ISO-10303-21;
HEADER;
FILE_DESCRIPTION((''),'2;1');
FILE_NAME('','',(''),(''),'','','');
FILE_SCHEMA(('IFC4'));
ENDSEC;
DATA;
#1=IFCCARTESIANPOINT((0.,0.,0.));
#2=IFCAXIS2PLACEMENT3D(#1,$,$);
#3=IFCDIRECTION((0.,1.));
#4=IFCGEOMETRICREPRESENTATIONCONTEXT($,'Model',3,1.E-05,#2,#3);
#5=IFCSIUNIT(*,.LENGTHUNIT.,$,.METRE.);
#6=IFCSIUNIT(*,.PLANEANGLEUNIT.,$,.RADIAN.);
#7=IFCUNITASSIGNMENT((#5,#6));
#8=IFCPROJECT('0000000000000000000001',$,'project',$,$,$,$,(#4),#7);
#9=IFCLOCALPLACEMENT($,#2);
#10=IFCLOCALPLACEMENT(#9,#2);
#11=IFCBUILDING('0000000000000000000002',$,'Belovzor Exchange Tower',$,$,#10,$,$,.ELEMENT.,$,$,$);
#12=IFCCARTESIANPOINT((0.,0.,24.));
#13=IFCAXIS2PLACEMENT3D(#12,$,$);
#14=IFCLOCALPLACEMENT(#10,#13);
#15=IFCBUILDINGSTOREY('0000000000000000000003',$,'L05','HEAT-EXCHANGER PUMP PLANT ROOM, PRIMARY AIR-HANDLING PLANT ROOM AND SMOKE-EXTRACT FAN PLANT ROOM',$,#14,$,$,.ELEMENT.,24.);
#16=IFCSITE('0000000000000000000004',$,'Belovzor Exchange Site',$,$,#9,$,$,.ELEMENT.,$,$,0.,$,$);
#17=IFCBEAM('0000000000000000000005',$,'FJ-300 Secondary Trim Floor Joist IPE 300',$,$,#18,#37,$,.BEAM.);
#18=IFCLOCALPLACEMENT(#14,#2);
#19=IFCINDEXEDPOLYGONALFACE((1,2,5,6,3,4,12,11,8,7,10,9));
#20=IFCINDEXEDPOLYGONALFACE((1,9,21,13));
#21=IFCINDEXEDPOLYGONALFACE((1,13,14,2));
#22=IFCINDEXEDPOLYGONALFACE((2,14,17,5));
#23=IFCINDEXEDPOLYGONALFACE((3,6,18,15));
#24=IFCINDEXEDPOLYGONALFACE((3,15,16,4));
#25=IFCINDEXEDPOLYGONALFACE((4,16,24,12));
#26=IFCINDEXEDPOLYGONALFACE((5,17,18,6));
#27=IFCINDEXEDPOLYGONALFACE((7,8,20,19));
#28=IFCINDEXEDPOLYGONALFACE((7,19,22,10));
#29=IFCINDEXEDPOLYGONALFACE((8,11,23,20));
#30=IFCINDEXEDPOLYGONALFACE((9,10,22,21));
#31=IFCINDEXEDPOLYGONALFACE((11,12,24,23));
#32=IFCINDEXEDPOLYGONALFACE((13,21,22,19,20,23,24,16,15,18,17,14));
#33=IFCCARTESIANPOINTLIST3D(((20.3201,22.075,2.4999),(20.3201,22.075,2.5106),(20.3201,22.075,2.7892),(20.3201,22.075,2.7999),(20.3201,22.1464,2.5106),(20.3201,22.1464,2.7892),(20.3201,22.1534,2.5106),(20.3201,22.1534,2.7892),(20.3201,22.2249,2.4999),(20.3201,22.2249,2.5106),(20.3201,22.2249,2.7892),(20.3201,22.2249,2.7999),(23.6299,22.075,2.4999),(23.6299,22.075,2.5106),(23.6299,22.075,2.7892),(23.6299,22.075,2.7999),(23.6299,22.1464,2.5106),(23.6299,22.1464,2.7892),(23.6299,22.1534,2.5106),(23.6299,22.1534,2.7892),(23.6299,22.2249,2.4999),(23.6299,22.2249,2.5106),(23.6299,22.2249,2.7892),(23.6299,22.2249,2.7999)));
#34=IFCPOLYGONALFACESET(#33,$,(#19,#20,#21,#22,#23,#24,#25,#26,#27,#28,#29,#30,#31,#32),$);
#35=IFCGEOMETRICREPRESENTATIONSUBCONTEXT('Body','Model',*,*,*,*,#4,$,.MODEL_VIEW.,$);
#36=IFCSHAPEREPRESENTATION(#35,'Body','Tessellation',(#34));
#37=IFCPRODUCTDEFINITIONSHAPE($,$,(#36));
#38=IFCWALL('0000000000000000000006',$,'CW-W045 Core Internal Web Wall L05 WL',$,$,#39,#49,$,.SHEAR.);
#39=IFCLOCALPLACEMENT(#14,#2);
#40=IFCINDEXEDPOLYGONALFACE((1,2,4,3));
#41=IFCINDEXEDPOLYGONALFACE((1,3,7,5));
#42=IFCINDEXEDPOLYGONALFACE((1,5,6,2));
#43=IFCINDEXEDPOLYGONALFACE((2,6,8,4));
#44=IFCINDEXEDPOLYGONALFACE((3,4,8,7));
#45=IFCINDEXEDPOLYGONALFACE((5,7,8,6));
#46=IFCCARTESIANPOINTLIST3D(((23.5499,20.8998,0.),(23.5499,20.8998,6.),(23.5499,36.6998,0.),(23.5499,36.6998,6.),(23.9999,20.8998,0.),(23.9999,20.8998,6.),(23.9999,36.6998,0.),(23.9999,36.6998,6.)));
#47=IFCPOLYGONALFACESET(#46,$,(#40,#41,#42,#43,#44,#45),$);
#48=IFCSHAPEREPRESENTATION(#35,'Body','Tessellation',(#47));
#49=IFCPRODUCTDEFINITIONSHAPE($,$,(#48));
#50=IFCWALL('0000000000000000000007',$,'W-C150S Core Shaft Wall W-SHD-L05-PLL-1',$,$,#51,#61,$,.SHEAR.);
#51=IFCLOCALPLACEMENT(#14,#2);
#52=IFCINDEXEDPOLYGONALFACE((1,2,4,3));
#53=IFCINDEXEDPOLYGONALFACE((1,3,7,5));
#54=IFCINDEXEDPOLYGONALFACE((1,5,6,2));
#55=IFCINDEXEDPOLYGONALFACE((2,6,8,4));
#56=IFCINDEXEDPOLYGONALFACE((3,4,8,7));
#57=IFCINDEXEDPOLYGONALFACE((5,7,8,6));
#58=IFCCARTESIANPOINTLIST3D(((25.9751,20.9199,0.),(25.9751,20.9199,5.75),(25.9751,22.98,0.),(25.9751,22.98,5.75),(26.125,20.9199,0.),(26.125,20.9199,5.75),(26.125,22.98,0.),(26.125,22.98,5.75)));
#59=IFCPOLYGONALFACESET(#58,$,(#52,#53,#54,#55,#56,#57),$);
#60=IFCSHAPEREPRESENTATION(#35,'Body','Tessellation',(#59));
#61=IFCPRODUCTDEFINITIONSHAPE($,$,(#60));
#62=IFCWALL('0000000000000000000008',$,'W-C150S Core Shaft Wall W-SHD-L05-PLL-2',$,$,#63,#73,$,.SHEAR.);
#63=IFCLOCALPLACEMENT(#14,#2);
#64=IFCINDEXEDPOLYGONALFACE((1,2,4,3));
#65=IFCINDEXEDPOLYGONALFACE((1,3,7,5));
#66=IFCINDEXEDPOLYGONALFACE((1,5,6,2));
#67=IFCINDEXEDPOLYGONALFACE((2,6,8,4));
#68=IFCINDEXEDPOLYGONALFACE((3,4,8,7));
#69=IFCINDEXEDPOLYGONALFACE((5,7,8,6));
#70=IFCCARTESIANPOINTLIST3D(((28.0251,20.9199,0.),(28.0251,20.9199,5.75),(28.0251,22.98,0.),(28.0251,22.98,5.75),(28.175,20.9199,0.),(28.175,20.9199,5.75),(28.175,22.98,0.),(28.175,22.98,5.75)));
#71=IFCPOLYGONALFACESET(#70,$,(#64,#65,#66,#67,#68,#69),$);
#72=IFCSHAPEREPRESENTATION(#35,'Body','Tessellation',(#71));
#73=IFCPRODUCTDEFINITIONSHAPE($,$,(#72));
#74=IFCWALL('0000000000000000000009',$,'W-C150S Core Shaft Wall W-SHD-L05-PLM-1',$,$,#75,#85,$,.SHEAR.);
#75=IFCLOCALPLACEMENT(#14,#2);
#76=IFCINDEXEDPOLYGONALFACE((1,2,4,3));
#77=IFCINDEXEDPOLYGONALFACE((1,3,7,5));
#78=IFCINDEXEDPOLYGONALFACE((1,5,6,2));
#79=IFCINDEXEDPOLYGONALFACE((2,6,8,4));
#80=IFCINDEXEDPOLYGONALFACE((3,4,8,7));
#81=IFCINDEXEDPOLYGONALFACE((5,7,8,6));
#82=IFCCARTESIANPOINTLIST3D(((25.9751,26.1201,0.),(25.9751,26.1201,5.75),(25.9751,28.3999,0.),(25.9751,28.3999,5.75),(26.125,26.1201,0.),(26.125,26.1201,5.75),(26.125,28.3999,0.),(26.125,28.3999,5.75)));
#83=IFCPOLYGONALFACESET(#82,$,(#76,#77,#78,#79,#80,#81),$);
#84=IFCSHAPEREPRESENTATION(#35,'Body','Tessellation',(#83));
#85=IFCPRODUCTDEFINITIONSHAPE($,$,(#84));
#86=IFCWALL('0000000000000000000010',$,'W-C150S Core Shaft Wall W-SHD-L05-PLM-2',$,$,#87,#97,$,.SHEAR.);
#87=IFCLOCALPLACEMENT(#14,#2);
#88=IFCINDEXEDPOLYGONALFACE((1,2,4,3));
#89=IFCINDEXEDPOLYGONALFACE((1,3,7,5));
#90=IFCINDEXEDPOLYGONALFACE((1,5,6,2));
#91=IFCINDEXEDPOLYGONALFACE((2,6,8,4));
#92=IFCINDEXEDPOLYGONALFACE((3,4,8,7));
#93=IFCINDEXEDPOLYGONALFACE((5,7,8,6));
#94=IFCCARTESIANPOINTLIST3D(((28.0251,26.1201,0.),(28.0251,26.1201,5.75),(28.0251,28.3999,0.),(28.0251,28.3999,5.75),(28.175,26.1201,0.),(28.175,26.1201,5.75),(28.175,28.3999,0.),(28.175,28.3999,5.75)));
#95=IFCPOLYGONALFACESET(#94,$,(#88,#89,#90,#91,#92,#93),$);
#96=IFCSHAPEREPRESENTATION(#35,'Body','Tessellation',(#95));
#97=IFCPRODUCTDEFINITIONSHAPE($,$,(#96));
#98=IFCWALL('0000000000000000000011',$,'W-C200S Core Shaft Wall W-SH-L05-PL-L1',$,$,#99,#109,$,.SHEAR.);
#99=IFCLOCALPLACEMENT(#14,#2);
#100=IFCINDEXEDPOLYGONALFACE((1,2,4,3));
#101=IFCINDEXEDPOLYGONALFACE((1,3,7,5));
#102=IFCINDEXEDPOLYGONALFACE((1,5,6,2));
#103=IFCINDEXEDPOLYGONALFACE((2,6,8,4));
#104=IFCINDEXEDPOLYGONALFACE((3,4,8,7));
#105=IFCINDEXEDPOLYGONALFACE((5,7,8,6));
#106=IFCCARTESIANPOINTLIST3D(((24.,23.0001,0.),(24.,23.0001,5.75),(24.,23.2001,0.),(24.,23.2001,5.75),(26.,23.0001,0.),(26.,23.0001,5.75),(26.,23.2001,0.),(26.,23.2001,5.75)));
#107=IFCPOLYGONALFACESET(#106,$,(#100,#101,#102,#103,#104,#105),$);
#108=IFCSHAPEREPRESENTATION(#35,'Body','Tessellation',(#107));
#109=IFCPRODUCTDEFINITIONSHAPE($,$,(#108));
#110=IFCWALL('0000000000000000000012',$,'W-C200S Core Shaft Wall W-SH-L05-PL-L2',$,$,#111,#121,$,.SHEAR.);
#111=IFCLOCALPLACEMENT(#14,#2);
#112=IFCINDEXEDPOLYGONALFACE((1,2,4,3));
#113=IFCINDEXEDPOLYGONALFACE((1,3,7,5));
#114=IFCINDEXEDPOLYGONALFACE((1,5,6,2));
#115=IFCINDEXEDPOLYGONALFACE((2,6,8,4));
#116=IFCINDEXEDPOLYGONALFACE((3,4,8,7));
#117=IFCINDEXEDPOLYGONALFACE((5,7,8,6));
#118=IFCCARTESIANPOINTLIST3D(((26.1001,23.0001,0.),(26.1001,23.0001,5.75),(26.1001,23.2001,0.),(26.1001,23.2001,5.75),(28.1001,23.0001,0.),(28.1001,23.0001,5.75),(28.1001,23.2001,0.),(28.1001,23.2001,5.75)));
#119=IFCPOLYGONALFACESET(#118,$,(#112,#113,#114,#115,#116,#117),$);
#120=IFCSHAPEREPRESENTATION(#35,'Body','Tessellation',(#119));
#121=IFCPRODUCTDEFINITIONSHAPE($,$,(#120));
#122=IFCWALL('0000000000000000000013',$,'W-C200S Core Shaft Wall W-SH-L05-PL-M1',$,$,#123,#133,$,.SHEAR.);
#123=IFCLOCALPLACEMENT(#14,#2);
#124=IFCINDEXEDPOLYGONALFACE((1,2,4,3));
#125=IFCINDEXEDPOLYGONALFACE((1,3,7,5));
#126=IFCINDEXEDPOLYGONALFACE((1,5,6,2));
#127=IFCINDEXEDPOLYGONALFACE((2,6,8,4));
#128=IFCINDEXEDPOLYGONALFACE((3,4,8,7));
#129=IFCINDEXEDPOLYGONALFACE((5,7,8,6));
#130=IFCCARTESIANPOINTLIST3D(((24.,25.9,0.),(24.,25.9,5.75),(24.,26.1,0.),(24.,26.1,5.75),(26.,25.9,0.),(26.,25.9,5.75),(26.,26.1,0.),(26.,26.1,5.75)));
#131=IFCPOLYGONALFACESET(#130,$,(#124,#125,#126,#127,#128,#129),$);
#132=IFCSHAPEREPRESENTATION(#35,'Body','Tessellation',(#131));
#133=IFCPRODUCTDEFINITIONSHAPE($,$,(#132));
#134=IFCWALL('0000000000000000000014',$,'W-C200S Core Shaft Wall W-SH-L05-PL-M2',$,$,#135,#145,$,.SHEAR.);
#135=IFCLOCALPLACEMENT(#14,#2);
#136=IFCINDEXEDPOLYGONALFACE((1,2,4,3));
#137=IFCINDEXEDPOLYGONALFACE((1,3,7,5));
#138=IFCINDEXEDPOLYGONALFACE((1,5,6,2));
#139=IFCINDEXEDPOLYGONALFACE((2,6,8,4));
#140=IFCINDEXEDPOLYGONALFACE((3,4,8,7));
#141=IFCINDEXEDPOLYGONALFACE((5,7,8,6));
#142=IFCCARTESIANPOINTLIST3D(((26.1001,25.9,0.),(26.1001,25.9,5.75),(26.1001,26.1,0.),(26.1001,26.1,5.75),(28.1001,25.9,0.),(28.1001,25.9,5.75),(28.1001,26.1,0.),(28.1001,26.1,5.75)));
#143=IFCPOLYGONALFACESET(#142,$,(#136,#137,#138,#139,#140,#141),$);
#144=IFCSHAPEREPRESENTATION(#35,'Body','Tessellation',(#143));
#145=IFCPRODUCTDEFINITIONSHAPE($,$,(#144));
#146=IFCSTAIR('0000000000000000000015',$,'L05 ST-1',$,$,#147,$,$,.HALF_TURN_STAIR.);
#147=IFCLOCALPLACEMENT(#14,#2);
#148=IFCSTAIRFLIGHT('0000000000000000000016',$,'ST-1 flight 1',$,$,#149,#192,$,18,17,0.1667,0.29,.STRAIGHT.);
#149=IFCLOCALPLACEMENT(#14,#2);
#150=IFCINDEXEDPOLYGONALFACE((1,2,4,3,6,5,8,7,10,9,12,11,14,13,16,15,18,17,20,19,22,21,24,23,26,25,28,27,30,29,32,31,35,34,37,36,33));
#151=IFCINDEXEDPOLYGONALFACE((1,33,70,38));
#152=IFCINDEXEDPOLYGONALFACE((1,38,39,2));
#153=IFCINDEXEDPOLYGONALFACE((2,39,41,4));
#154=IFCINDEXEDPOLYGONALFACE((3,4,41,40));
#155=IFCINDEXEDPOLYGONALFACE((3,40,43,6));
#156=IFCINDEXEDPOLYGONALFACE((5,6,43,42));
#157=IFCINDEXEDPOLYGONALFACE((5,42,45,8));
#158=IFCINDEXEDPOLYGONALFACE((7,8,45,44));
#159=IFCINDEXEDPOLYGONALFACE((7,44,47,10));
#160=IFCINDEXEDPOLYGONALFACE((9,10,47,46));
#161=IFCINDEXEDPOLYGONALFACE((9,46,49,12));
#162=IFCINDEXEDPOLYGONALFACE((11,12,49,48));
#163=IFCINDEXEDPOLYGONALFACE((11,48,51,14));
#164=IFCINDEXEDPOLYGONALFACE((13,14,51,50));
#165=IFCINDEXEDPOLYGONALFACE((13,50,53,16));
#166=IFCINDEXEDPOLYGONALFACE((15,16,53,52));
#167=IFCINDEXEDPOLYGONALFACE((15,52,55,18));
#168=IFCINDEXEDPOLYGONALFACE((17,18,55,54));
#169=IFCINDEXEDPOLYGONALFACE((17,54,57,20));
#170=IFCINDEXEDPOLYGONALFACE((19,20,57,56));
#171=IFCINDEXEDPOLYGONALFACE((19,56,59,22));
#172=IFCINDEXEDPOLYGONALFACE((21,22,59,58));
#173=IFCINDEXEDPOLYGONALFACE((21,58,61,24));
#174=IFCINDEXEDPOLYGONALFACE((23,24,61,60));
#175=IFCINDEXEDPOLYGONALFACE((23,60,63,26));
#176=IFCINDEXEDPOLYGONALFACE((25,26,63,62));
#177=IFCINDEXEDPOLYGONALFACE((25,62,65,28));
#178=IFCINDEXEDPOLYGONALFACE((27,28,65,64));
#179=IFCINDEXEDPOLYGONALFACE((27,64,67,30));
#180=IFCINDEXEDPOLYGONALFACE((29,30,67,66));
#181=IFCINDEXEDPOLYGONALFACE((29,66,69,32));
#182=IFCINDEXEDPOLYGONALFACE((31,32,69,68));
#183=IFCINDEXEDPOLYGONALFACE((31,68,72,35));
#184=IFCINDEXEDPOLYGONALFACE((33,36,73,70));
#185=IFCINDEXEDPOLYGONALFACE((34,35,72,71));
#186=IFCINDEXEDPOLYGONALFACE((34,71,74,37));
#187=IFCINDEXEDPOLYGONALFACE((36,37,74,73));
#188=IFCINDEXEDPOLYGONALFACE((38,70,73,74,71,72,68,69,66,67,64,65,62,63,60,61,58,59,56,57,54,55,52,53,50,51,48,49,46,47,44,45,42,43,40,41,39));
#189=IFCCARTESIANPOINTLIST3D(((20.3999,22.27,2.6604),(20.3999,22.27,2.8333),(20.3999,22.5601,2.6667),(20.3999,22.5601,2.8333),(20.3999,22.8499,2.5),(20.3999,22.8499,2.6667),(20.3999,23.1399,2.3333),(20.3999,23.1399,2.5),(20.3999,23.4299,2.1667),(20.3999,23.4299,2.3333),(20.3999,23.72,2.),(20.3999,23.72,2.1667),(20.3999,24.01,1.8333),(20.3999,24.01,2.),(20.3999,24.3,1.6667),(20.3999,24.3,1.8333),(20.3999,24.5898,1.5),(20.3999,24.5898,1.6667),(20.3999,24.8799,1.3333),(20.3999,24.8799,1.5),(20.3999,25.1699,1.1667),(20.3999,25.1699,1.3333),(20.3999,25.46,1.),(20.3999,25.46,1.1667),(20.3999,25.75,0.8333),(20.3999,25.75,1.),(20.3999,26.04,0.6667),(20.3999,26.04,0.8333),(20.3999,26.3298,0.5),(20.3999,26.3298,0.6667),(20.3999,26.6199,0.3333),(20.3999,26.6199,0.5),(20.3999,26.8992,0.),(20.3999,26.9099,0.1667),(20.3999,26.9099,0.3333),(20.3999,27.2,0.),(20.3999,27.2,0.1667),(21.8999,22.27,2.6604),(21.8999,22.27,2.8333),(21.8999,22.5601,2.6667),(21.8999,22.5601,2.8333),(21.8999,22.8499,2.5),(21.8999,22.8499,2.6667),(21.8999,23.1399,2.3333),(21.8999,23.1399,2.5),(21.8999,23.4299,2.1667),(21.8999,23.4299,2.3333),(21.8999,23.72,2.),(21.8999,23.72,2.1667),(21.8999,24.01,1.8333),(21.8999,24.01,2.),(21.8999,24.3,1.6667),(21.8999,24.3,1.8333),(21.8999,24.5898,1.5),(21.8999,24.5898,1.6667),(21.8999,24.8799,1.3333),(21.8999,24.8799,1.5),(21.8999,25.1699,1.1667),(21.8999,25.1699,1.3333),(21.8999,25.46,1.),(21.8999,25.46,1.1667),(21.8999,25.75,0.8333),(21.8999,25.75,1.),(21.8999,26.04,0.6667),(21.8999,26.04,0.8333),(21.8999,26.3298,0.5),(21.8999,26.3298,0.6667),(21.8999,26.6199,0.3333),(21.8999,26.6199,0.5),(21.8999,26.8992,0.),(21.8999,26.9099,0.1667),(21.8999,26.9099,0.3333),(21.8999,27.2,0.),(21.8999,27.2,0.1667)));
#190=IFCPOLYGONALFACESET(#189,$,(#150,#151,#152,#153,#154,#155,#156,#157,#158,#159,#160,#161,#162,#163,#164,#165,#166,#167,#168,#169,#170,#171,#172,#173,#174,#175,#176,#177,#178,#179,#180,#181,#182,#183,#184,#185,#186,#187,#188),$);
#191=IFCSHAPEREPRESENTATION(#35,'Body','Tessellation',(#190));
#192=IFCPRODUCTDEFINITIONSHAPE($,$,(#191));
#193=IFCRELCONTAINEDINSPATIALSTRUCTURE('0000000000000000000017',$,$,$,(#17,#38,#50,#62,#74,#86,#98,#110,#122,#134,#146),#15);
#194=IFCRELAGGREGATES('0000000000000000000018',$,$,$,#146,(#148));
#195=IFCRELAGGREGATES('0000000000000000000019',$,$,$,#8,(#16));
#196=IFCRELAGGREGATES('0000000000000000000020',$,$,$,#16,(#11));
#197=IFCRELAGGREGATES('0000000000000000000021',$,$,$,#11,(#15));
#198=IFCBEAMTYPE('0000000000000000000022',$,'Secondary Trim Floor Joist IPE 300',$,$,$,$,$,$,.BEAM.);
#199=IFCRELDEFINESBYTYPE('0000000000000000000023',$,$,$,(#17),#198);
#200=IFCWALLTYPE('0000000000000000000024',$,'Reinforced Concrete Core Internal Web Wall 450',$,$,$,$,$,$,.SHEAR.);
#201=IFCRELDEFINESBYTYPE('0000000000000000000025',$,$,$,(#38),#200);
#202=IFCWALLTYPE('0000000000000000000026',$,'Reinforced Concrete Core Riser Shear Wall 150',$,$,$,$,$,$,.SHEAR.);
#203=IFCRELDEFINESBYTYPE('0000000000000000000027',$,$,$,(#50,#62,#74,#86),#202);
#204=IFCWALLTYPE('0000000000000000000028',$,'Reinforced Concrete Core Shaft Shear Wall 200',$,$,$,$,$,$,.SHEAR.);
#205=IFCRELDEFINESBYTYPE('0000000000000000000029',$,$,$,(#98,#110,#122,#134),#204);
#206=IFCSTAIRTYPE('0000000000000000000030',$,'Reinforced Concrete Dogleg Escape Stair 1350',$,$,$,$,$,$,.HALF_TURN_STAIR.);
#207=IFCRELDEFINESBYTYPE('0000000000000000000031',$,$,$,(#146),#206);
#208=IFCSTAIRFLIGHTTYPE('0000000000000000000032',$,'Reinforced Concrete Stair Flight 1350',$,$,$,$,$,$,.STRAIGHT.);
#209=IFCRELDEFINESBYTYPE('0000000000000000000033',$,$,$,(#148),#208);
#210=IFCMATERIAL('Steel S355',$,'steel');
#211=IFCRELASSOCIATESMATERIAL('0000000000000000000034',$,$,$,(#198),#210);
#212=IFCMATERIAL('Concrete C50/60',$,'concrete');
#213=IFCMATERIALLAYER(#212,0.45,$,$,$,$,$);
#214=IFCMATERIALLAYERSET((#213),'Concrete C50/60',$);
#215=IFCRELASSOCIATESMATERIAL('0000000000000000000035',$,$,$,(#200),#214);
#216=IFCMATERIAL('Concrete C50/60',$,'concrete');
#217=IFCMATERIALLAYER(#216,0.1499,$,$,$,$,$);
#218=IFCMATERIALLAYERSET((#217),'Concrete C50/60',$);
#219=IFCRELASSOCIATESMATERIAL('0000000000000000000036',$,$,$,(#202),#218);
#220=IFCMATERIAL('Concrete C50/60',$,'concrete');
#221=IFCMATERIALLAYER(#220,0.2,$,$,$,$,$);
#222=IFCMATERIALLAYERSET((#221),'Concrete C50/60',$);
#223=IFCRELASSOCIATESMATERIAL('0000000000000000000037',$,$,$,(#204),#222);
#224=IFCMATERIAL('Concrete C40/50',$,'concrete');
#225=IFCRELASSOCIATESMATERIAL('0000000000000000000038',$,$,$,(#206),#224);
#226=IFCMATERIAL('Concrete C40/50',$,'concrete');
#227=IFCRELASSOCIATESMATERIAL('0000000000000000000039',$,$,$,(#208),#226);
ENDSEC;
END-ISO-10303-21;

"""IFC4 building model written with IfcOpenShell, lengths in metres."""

from ifc_helpers import new_model, si_unit, direction, frame, frame_2d, origin, origin_2d, place, context, subcontext, project, spatial, polyline, rectangle, i_section, outline, extrude, material, layer, layer_set, material_profile, profile_set, type_object, element, aggregate, save


model = new_model("IFC4")

# Units and contexts
model_context = context("Model", 3, precision=1e-05, world=origin(), true_north=direction((0.0, 1.0)))
body_context = subcontext(model_context, "Body", "Model", "MODEL_VIEW")
ifc_project = project(units=[si_unit("LENGTHUNIT", "METRE"), si_unit("PLANEANGLEUNIT", "RADIAN")], contexts=[model_context])

# Site, building, storey
site_placement = place(None, origin())
site = spatial("IfcSite", under=ifc_project, at=site_placement, Name="Belovzor Exchange Site", CompositionType="ELEMENT", RefElevation=0.0)
building_placement = place(site_placement, origin())
building = spatial("IfcBuilding", under=site, at=building_placement, Name="Belovzor Exchange Tower", CompositionType="ELEMENT")
storey_placement = place(building_placement, frame((0.0, 0.0, 24.0)))
storey = spatial("IfcBuildingStorey", under=building, at=storey_placement, Name="L05", Description="HEAT-EXCHANGER PUMP PLANT ROOM, PRIMARY AIR-HANDLING PLANT ROOM AND SMOKE-EXTRACT FAN PLANT ROOM", CompositionType="ELEMENT", Elevation=24.0)

# Beam
ifc_material_1 = material(Name="Steel S355", Category="steel")
ifc_material_profile = material_profile(ifc_material_1, i_section(OverallWidth=0.1499, OverallDepth=0.3, WebThickness=0.0071, FlangeThickness=0.0107, at=origin_2d()))
ifc_profile_set = profile_set([ifc_material_profile], Name="Steel S355")
beam_type = type_object("IfcBeamType", Name="Secondary Trim Floor Joist IPE 300", PredefinedType="BEAM", material=ifc_profile_set)
beam_placement = place(storey_placement, frame((20.3201, 22.1499, 2.6499), z_axis=(1.0, 0.0, 0.0), x_axis=(0.0, 1.0, 0.0)))
element("IfcBeam", 1, at=beam_placement, inside=storey, type_object=beam_type, Name="FJ-300 Secondary Trim Floor Joist IPE 300", PredefinedType="BEAM", context=body_context, shape_type="SweptSolid", body=[
    extrude(i_section(OverallWidth=0.1499, OverallDepth=0.3, WebThickness=0.0071, FlangeThickness=0.0107, at=origin_2d()), origin(), (0.0, 0.0, 1.0), 3.3098),
])

# Walls
ifc_material_2 = material(Name="Concrete C50/60", Category="concrete")
ifc_layer_1 = layer(ifc_material_2, 0.45)
ifc_layer_set_1 = layer_set([ifc_layer_1], Name="Concrete C50/60")
wall_type_1 = type_object("IfcWallType", Name="Reinforced Concrete Core Internal Web Wall 450", PredefinedType="SHEAR", material=ifc_layer_set_1)
wall_1_placement = place(storey_placement, frame((23.7749, 20.8999, 0.0), z_axis=(0.0, 0.0, 1.0), x_axis=(0.0, 1.0, 0.0)))
element("IfcWall", 2, at=wall_1_placement, inside=storey, type_object=wall_type_1, Name="CW-W045 Core Internal Web Wall L05 WL", PredefinedType="SHEAR", context=body_context, shape_type="SweptSolid", body=[
    extrude(rectangle(XDim=15.8, YDim=0.45, at=frame_2d((7.8999, 0.0))), origin(), (0.0, 0.0, 1.0), 6.0),
])
ifc_material_3 = material(Name="Concrete C50/60", Category="concrete")
ifc_layer_2 = layer(ifc_material_3, 0.1499)
ifc_layer_set_2 = layer_set([ifc_layer_2], Name="Concrete C50/60")
wall_type_2 = type_object("IfcWallType", Name="Reinforced Concrete Core Riser Shear Wall 150", PredefinedType="SHEAR", material=ifc_layer_set_2)
for number, where, z_axis, x_axis, name in (
    (3, (26.05, 20.9199, 0.0), (0.0, 0.0, 1.0), (0.0, 1.0, 0.0), "W-C150S Core Shaft Wall W-SHD-L05-PLL-1"),
    (4, (28.1001, 20.9199, 0.0), (0.0, 0.0, 1.0), (0.0, 1.0, 0.0), "W-C150S Core Shaft Wall W-SHD-L05-PLL-2"),
):
    element("IfcWall", number, at=place(storey_placement, frame(where, z_axis=z_axis, x_axis=x_axis)), inside=storey, type_object=wall_type_2, Name=name, PredefinedType="SHEAR", context=body_context, shape_type="SweptSolid", body=[
        extrude(rectangle(XDim=2.0601, YDim=0.1499, at=frame_2d((1.03, 0.0))), origin(), (0.0, 0.0, 1.0), 5.75),
    ])
for number, where, z_axis, x_axis, name in (
    (5, (26.05, 26.1201, 0.0), (0.0, 0.0, 1.0), (0.0, 1.0, 0.0), "W-C150S Core Shaft Wall W-SHD-L05-PLM-1"),
    (6, (28.1001, 26.1201, 0.0), (0.0, 0.0, 1.0), (0.0, 1.0, 0.0), "W-C150S Core Shaft Wall W-SHD-L05-PLM-2"),
):
    element("IfcWall", number, at=place(storey_placement, frame(where, z_axis=z_axis, x_axis=x_axis)), inside=storey, type_object=wall_type_2, Name=name, PredefinedType="SHEAR", context=body_context, shape_type="SweptSolid", body=[
        extrude(rectangle(XDim=2.2798, YDim=0.1499, at=frame_2d((1.1399, 0.0))), origin(), (0.0, 0.0, 1.0), 5.75),
    ])
ifc_material_4 = material(Name="Concrete C50/60", Category="concrete")
ifc_layer_3 = layer(ifc_material_4, 0.2)
ifc_layer_set_3 = layer_set([ifc_layer_3], Name="Concrete C50/60")
wall_type_3 = type_object("IfcWallType", Name="Reinforced Concrete Core Shaft Shear Wall 200", PredefinedType="SHEAR", material=ifc_layer_set_3)
for number, where, z_axis, x_axis, name in (
    (7, (24.0, 23.1001, 0.0), (0.0, 0.0, 1.0), (1.0, 0.0, 0.0), "W-C200S Core Shaft Wall W-SH-L05-PL-L1"),
    (8, (26.1001, 23.1001, 0.0), (0.0, 0.0, 1.0), (1.0, 0.0, 0.0), "W-C200S Core Shaft Wall W-SH-L05-PL-L2"),
    (9, (24.0, 26.0, 0.0), (0.0, 0.0, 1.0), (1.0, 0.0, 0.0), "W-C200S Core Shaft Wall W-SH-L05-PL-M1"),
    (10, (26.1001, 26.0, 0.0), (0.0, 0.0, 1.0), (1.0, 0.0, 0.0), "W-C200S Core Shaft Wall W-SH-L05-PL-M2"),
):
    element("IfcWall", number, at=place(storey_placement, frame(where, z_axis=z_axis, x_axis=x_axis)), inside=storey, type_object=wall_type_3, Name=name, PredefinedType="SHEAR", context=body_context, shape_type="SweptSolid", body=[
        extrude(rectangle(XDim=2.0, YDim=0.2, at=frame_2d((1.0, 0.0))), origin(), (0.0, 0.0, 1.0), 5.75),
    ])

# Stair, stair flight
ifc_material_5 = material(Name="Concrete C40/50", Category="concrete")
stair_type = type_object("IfcStairType", Name="Reinforced Concrete Dogleg Escape Stair 1350", PredefinedType="HALF_TURN_STAIR", material=ifc_material_5)
stair_placement = place(storey_placement, origin())
stair = element("IfcStair", 11, at=stair_placement, inside=storey, type_object=stair_type, Name="L05 ST-1", PredefinedType="HALF_TURN_STAIR")
ifc_material_6 = material(Name="Concrete C40/50", Category="concrete")
stair_flight_type = type_object("IfcStairFlightType", Name="Reinforced Concrete Stair Flight 1350", PredefinedType="STRAIGHT", material=ifc_material_6)
stair_flight_1_placement = place(storey_placement, frame((21.1499, 27.2, 0.0), z_axis=(0.0, 0.0, 1.0), x_axis=(0.0, -1.0, 0.0)))
stair_flight_1 = element("IfcStairFlight", 12, at=stair_flight_1_placement, type_object=stair_flight_type, Name="ST-1 flight 1", NumberOfRisers=18, NumberOfTreads=17, PredefinedType="STRAIGHT", RiserHeight=0.1667, TreadLength=0.29, context=body_context, shape_type="SweptSolid", body=[
    extrude(outline(polyline([(0.0, 0.0), (0.0, 0.1667), (0.29, 0.1667), (0.29, 0.3333), (0.5801, 0.3333), (0.5801, 0.5), (0.8701, 0.5), (0.8701, 0.6667), (1.1599, 0.6667), (1.1599, 0.8333), (1.45, 0.8333), (1.45, 1.0), (1.74, 1.0), (1.74, 1.1667), (2.03, 1.1667), (2.03, 1.3333), (2.3201, 1.3333), (2.3201, 1.5), (2.6101, 1.5), (2.6101, 1.6667), (2.8999, 1.6667), (2.8999, 1.8333), (3.1899, 1.8333), (3.1899, 2.0), (3.48, 2.0), (3.48, 2.1667), (3.77, 2.1667), (3.77, 2.3333), (4.0601, 2.3333), (4.0601, 2.5), (4.3501, 2.5), (4.3501, 2.6667), (4.6399, 2.6667), (4.6399, 2.8333), (4.9299, 2.8333), (4.9299, 3.0), (4.9299, 2.6604), (0.3008, 0.0), (0.0, 0.0)])), frame((0.0, 0.75, 0.0), z_axis=(0.0, -1.0, 0.0), x_axis=(1.0, 0.0, 0.0)), (0.0, 0.0, 1.0), 1.5),
])
aggregate(stair, [stair_flight_1])

save(model, "model.ifc")
